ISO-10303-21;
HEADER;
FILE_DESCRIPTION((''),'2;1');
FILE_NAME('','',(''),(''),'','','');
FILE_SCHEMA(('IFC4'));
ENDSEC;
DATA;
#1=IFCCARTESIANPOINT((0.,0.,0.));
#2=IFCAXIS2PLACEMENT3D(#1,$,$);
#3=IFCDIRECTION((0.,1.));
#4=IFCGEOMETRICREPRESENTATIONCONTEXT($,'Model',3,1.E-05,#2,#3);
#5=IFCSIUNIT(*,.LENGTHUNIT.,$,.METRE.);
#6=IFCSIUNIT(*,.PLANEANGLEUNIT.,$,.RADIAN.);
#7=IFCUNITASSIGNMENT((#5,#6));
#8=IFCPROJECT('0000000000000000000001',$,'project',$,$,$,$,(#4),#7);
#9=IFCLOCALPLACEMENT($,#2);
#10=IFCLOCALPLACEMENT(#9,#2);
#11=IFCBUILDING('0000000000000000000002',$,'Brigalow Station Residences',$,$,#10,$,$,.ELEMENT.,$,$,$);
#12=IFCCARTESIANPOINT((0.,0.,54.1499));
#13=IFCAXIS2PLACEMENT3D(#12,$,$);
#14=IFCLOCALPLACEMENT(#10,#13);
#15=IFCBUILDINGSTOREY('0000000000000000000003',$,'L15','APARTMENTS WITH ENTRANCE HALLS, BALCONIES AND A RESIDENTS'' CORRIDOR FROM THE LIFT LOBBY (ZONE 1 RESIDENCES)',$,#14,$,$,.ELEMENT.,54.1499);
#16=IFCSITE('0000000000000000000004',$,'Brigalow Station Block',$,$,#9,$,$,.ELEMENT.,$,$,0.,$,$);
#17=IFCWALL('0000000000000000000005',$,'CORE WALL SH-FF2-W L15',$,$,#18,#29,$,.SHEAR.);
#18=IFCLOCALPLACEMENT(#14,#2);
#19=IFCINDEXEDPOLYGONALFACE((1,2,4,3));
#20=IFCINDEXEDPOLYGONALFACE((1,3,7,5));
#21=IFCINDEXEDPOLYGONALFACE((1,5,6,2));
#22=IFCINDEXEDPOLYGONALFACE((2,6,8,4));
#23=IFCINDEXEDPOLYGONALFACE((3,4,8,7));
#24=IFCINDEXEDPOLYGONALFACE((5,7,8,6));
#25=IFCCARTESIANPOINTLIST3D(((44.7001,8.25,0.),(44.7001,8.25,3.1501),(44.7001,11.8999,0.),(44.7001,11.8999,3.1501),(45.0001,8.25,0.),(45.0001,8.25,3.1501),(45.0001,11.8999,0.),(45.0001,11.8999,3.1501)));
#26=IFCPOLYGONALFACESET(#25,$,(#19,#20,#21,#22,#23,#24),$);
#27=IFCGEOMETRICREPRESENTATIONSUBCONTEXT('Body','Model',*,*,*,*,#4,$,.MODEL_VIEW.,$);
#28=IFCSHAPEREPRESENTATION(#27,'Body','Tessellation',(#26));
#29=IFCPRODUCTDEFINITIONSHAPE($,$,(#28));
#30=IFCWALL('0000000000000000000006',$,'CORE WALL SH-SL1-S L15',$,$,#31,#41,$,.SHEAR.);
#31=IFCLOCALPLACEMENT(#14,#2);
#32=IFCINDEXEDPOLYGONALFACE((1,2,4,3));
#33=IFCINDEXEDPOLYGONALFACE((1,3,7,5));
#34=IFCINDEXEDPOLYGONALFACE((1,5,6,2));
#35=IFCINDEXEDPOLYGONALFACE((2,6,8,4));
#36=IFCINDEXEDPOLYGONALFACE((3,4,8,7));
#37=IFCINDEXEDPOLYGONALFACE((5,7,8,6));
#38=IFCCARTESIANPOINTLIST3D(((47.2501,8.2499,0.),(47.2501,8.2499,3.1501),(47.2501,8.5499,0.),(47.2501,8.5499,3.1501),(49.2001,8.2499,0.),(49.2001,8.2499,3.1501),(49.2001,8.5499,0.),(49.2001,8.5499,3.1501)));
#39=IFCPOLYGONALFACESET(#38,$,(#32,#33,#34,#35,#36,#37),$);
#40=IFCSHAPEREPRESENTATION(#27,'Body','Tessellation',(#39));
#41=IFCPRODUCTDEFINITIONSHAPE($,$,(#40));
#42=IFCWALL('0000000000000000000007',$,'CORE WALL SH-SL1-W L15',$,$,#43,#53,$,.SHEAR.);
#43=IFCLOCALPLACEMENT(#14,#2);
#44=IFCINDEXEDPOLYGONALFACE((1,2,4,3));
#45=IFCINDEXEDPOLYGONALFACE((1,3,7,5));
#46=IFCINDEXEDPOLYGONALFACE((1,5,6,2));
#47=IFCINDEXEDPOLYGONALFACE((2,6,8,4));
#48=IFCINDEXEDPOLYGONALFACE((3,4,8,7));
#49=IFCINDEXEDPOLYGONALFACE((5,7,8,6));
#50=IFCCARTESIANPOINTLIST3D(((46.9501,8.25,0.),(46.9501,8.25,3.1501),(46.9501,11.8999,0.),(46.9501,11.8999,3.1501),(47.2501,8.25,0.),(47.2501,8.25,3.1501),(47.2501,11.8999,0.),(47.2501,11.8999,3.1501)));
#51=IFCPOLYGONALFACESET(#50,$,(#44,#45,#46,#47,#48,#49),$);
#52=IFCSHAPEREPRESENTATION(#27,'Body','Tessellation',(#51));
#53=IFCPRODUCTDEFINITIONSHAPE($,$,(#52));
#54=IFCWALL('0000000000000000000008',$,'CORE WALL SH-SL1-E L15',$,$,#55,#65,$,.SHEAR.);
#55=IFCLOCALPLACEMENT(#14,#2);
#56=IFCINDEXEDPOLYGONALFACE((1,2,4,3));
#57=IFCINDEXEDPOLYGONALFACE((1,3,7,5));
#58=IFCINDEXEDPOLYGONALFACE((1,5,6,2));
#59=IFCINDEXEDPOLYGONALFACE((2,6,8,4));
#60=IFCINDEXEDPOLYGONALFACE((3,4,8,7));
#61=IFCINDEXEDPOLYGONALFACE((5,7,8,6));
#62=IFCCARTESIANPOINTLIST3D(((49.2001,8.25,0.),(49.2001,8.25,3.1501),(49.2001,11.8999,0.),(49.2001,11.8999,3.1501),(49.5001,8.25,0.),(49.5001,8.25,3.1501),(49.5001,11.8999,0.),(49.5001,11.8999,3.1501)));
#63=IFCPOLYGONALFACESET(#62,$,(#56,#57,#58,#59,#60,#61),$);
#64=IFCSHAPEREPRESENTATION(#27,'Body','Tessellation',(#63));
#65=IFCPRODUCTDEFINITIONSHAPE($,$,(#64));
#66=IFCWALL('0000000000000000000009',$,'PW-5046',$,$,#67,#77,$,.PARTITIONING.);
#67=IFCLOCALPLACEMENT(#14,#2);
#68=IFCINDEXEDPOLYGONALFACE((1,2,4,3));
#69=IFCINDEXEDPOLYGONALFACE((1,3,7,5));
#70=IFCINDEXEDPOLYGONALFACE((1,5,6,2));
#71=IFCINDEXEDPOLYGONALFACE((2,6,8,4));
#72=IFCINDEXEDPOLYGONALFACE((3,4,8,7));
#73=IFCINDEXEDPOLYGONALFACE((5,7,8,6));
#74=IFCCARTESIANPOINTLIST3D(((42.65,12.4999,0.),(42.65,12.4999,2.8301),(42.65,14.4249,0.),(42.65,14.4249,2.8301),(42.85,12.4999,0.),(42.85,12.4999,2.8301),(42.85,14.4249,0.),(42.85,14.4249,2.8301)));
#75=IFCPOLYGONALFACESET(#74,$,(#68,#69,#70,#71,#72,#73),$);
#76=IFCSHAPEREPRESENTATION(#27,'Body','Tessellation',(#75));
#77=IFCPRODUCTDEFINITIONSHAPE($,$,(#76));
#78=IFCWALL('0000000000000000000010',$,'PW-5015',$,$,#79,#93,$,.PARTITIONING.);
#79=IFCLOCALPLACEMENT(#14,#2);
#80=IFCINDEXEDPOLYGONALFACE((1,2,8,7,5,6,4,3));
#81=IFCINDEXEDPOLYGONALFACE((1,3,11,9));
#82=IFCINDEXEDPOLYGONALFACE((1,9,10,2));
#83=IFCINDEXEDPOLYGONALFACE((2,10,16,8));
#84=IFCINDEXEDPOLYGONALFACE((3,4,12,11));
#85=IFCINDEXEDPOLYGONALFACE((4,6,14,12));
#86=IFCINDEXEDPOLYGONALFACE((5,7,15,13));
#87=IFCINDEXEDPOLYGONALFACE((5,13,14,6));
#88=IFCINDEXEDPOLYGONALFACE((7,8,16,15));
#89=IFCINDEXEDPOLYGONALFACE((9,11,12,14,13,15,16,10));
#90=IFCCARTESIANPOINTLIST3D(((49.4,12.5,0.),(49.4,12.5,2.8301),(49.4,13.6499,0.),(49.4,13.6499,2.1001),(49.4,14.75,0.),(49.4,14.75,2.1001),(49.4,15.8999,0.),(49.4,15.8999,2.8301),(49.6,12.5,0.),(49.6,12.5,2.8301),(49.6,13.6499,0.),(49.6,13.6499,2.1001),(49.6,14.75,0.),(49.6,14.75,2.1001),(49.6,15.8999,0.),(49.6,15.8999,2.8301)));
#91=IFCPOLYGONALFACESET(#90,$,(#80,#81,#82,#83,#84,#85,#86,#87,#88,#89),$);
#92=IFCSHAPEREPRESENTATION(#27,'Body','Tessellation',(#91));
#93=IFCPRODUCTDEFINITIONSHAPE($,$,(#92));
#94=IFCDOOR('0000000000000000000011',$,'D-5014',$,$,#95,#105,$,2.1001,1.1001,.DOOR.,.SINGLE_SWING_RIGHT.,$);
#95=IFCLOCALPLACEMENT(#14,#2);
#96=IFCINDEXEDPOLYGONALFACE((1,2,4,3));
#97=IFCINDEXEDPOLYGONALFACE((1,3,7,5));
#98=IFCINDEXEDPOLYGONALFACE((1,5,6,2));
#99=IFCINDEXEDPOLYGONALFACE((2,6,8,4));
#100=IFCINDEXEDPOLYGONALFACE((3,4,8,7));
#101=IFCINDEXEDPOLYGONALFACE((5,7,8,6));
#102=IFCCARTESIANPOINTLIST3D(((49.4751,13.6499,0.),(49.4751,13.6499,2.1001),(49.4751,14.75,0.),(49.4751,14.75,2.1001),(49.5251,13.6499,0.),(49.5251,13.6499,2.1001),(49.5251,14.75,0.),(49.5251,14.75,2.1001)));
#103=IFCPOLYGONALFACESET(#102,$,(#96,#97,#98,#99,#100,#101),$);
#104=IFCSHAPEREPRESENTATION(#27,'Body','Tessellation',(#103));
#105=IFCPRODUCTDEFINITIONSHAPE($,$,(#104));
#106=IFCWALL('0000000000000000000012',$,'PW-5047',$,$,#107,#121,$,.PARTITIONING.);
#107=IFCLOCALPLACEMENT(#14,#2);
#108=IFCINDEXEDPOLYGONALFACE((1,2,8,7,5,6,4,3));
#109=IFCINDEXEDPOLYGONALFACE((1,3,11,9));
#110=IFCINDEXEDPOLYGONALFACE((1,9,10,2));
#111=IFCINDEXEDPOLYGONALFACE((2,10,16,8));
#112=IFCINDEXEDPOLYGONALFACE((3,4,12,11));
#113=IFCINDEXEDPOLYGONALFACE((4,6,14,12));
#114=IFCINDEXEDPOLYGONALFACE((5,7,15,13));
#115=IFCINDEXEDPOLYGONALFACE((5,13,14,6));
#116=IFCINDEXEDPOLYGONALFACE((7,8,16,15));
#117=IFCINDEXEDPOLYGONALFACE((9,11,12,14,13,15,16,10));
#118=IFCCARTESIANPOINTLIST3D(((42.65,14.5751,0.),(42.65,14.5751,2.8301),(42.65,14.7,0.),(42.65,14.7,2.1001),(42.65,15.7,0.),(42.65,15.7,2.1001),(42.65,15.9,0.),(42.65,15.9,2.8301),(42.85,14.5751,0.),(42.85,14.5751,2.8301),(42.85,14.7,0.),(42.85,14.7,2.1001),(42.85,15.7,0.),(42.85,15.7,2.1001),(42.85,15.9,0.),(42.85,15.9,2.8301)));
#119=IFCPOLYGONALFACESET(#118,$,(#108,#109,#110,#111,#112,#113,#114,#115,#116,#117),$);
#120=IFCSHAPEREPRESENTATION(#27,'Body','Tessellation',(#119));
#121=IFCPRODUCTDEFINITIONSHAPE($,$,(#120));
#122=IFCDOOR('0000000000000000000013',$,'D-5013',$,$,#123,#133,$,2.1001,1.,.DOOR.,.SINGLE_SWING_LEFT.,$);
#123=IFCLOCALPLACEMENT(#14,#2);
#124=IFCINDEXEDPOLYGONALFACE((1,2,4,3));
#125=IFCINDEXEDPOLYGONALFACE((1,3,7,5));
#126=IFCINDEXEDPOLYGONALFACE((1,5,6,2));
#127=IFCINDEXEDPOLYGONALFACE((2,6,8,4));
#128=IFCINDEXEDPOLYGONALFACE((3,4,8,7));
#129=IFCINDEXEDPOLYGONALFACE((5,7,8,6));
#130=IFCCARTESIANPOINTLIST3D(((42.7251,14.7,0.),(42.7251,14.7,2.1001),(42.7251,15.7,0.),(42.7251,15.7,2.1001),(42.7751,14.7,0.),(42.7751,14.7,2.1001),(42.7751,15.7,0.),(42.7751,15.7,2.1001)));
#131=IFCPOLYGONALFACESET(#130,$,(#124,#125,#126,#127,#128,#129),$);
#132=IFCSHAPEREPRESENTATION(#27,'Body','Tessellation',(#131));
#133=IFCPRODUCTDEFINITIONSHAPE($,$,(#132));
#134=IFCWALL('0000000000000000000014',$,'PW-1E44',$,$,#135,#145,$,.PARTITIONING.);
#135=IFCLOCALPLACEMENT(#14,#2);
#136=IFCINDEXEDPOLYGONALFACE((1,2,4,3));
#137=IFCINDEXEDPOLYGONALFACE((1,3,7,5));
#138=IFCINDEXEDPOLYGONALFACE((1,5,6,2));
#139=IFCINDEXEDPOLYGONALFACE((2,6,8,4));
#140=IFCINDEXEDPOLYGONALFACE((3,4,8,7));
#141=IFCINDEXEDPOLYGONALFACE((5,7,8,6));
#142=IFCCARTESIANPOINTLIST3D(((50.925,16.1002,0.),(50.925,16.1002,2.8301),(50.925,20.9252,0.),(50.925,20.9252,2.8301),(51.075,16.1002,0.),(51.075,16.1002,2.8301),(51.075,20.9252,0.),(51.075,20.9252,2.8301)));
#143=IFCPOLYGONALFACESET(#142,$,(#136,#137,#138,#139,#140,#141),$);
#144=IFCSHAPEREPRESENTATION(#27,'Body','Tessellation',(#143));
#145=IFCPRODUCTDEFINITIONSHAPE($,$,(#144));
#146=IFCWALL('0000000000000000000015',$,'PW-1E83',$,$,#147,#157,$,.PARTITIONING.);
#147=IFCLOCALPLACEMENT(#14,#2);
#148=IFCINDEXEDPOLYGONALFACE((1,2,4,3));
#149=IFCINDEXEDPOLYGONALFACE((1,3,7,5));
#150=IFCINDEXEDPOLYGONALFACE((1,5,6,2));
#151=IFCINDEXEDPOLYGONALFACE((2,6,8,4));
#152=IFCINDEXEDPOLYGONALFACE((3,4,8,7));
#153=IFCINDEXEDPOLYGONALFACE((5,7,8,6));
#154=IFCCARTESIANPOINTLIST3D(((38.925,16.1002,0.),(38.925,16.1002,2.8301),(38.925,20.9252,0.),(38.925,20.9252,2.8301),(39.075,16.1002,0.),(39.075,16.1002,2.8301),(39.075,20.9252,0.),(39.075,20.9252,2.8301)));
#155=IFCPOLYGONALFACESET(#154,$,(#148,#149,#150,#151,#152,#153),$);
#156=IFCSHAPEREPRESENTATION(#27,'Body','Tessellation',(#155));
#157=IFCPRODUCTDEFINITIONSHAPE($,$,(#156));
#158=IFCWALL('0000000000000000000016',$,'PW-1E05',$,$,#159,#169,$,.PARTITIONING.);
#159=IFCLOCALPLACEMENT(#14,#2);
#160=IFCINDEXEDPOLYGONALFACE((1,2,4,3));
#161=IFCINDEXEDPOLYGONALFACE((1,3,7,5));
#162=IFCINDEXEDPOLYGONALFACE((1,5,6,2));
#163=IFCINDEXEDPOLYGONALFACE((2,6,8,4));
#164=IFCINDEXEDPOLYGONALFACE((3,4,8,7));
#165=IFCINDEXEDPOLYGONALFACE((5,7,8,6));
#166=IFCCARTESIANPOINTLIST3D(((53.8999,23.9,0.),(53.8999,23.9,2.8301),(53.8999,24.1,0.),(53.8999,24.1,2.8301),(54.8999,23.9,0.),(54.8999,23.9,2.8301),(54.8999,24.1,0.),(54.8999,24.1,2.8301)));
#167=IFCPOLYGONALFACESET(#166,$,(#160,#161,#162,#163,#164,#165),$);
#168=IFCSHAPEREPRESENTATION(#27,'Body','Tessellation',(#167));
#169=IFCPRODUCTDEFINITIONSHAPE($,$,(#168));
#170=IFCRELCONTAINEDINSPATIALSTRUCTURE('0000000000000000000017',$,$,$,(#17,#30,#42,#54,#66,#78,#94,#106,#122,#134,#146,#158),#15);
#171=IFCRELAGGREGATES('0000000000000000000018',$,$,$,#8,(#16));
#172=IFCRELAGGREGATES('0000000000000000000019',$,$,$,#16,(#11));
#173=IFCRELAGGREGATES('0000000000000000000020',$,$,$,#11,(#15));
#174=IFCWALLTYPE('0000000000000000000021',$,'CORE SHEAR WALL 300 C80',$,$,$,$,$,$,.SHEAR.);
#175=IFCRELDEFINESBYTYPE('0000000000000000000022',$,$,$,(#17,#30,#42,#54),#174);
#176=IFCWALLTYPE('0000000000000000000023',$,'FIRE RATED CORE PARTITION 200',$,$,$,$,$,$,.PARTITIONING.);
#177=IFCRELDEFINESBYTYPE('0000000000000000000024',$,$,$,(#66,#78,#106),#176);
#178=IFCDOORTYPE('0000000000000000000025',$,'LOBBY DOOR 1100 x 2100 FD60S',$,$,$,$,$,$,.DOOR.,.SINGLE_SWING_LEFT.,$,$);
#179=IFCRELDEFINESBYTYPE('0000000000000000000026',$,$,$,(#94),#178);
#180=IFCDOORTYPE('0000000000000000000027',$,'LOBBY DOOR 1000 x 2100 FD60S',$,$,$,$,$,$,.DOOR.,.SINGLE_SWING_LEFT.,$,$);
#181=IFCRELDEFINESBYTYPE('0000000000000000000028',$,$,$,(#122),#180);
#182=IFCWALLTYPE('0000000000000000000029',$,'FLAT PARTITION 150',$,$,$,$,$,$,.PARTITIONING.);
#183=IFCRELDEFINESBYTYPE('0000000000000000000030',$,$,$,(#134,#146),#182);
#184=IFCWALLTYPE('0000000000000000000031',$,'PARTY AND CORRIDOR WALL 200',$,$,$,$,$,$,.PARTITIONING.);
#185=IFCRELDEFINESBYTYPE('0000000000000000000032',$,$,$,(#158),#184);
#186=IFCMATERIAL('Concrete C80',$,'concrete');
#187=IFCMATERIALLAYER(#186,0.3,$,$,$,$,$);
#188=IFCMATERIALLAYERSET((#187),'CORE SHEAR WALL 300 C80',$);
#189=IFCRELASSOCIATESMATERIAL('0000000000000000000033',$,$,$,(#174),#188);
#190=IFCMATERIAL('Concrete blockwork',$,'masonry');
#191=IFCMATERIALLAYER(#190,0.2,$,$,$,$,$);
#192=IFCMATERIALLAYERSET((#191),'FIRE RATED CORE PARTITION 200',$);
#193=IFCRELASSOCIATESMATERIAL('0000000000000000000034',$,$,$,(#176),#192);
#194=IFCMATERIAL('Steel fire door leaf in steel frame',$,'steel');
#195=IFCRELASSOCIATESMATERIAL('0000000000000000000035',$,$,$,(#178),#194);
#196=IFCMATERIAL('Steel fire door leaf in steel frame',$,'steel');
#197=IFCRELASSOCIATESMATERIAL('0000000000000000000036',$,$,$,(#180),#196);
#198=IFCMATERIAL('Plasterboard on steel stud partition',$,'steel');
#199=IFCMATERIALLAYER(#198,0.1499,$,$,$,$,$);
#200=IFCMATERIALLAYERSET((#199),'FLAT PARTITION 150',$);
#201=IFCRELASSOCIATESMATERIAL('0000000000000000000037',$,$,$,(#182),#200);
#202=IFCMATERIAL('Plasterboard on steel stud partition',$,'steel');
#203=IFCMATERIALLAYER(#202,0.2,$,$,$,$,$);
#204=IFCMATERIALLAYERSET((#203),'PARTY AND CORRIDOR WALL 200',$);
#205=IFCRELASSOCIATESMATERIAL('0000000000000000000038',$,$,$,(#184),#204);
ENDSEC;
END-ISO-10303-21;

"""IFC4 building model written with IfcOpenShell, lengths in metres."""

from ifc_helpers import new_model, si_unit, direction, frame, frame_2d, origin, place, context, subcontext, project, spatial, rectangle, extrude, material, layer, layer_set, type_object, element, fill, save


model = new_model("IFC4")

# Units and contexts
model_context = context("Model", 3, precision=1e-05, world=origin(), true_north=direction((0.0, 1.0)))
body_context = subcontext(model_context, "Body", "Model", "MODEL_VIEW")
ifc_project = project(units=[si_unit("LENGTHUNIT", "METRE"), si_unit("PLANEANGLEUNIT", "RADIAN")], contexts=[model_context])

# Site, building, storey
site_placement = place(None, origin())
site = spatial("IfcSite", under=ifc_project, at=site_placement, Name="Brigalow Station Block", CompositionType="ELEMENT", RefElevation=0.0)
building_placement = place(site_placement, origin())
building = spatial("IfcBuilding", under=site, at=building_placement, Name="Brigalow Station Residences", CompositionType="ELEMENT")
storey_placement = place(building_placement, frame((0.0, 0.0, 54.1499)))
storey = spatial("IfcBuildingStorey", under=building, at=storey_placement, Name="L15", Description="APARTMENTS WITH ENTRANCE HALLS, BALCONIES AND A RESIDENTS' CORRIDOR FROM THE LIFT LOBBY (ZONE 1 RESIDENCES)", CompositionType="ELEMENT", Elevation=54.1499)

# Walls
ifc_material_1 = material(Name="Concrete C80", Category="concrete")
ifc_layer_1 = layer(ifc_material_1, 0.3)
ifc_layer_set_1 = layer_set([ifc_layer_1], Name="CORE SHEAR WALL 300 C80")
wall_type_1 = type_object("IfcWallType", Name="CORE SHEAR WALL 300 C80", PredefinedType="SHEAR", material=ifc_layer_set_1)
wall_1_placement = place(storey_placement, frame((44.8501, 8.25, 0.0), z_axis=(0.0, 0.0, 1.0), x_axis=(0.0, 1.0, 0.0)))
element("IfcWall", 1, at=wall_1_placement, inside=storey, type_object=wall_type_1, Name="CORE WALL SH-FF2-W L15", PredefinedType="SHEAR", context=body_context, shape_type="SweptSolid", body=[
    extrude(rectangle(XDim=3.6499, YDim=0.3, at=frame_2d((1.825, 0.0))), origin(), (0.0, 0.0, 1.0), 3.1501),
])
wall_2_placement = place(storey_placement, frame((47.25, 8.3999, 0.0), z_axis=(0.0, 0.0, 1.0), x_axis=(1.0, 0.0, 0.0)))
element("IfcWall", 2, at=wall_2_placement, inside=storey, type_object=wall_type_1, Name="CORE WALL SH-SL1-S L15", PredefinedType="SHEAR", context=body_context, shape_type="SweptSolid", body=[
    extrude(rectangle(XDim=1.95, YDim=0.3, at=frame_2d((0.9751, 0.0))), origin(), (0.0, 0.0, 1.0), 3.1501),
])
for number, where, z_axis, x_axis, name in (
    (3, (47.1001, 8.25, 0.0), (0.0, 0.0, 1.0), (0.0, 1.0, 0.0), "CORE WALL SH-SL1-W L15"),
    (4, (49.3501, 8.25, 0.0), (0.0, 0.0, 1.0), (0.0, 1.0, 0.0), "CORE WALL SH-SL1-E L15"),
):
    element("IfcWall", number, at=place(storey_placement, frame(where, z_axis=z_axis, x_axis=x_axis)), inside=storey, type_object=wall_type_1, Name=name, PredefinedType="SHEAR", context=body_context, shape_type="SweptSolid", body=[
        extrude(rectangle(XDim=3.6499, YDim=0.3, at=frame_2d((1.825, 0.0))), origin(), (0.0, 0.0, 1.0), 3.1501),
    ])
ifc_material_2 = material(Name="Concrete blockwork", Category="masonry")
ifc_layer_2 = layer(ifc_material_2, 0.2)
ifc_layer_set_2 = layer_set([ifc_layer_2], Name="FIRE RATED CORE PARTITION 200")
wall_type_2 = type_object("IfcWallType", Name="FIRE RATED CORE PARTITION 200", PredefinedType="PARTITIONING", material=ifc_layer_set_2)
wall_3_placement = place(storey_placement, frame((42.75, 12.5, 0.0), z_axis=(0.0, 0.0, 1.0), x_axis=(0.0, 1.0, 0.0)))
element("IfcWall", 5, at=wall_3_placement, inside=storey, type_object=wall_type_2, Name="PW-5046", PredefinedType="PARTITIONING", context=body_context, shape_type="SweptSolid", body=[
    extrude(rectangle(XDim=1.925, YDim=0.2, at=frame_2d((0.9624, 0.0))), origin(), (0.0, 0.0, 1.0), 2.8301),
])

# Walls, openings, doors
wall_4_placement = place(storey_placement, frame((49.5, 12.5, 0.0), z_axis=(0.0, 0.0, 1.0), x_axis=(0.0, 1.0, 0.0)))
wall_4 = element("IfcWall", 6, at=wall_4_placement, inside=storey, type_object=wall_type_2, Name="PW-5015", PredefinedType="PARTITIONING", context=body_context, shape_type="SweptSolid", body=[
    extrude(rectangle(XDim=3.3999, YDim=0.2, at=frame_2d((1.7, 0.0))), origin(), (0.0, 0.0, 1.0), 2.8301),
])
opening_1_placement = place(wall_4_placement, frame((1.1499, 0.0, 0.0)))
opening_1 = element("IfcOpeningElement", 7, at=opening_1_placement, cuts=wall_4, PredefinedType="OPENING", context=body_context, shape_type="SweptSolid", body=[
    extrude(rectangle(XDim=1.1001, YDim=2.1001, at=frame_2d((0.55, 1.05))), frame((0.0, 0.1099, 0.0), z_axis=(0.0, -1.0, 0.0), x_axis=(1.0, 0.0, 0.0)), (0.0, 0.0, 1.0), 0.22),
])
ifc_material_3 = material(Name="Steel fire door leaf in steel frame", Category="steel")
door_type_1 = type_object("IfcDoorType", Name="LOBBY DOOR 1100 x 2100 FD60S", OperationType="SINGLE_SWING_LEFT", PredefinedType="DOOR", material=ifc_material_3)
door_1_placement = place(opening_1_placement, origin())
door_1 = element("IfcDoor", 8, at=door_1_placement, inside=storey, type_object=door_type_1, Name="D-5014", OperationType="SINGLE_SWING_RIGHT", OverallHeight=2.1001, OverallWidth=1.1001, PredefinedType="DOOR", context=body_context, shape_type="SweptSolid", body=[
    extrude(rectangle(XDim=1.1001, YDim=2.1001, at=frame_2d((0.55, 1.05))), frame((0.0, 0.0249, 0.0), z_axis=(0.0, -1.0, 0.0), x_axis=(1.0, 0.0, 0.0)), (0.0, 0.0, 1.0), 0.05),
])
fill(opening_1, door_1)
wall_5_placement = place(storey_placement, frame((42.75, 14.575, 0.0), z_axis=(0.0, 0.0, 1.0), x_axis=(0.0, 1.0, 0.0)))
wall_5 = element("IfcWall", 9, at=wall_5_placement, inside=storey, type_object=wall_type_2, Name="PW-5047", PredefinedType="PARTITIONING", context=body_context, shape_type="SweptSolid", body=[
    extrude(rectangle(XDim=1.325, YDim=0.2, at=frame_2d((0.6626, 0.0))), origin(), (0.0, 0.0, 1.0), 2.8301),
])
opening_2_placement = place(wall_5_placement, frame((0.125, 0.0, 0.0)))
opening_2 = element("IfcOpeningElement", 10, at=opening_2_placement, cuts=wall_5, PredefinedType="OPENING", context=body_context, shape_type="SweptSolid", body=[
    extrude(rectangle(XDim=1.0, YDim=2.1001, at=frame_2d((0.5, 1.05))), frame((0.0, 0.1099, 0.0), z_axis=(0.0, -1.0, 0.0), x_axis=(1.0, 0.0, 0.0)), (0.0, 0.0, 1.0), 0.22),
])
ifc_material_4 = material(Name="Steel fire door leaf in steel frame", Category="steel")
door_type_2 = type_object("IfcDoorType", Name="LOBBY DOOR 1000 x 2100 FD60S", OperationType="SINGLE_SWING_LEFT", PredefinedType="DOOR", material=ifc_material_4)
door_2_placement = place(opening_2_placement, origin())
door_2 = element("IfcDoor", 11, at=door_2_placement, inside=storey, type_object=door_type_2, Name="D-5013", OperationType="SINGLE_SWING_LEFT", OverallHeight=2.1001, OverallWidth=1.0, PredefinedType="DOOR", context=body_context, shape_type="SweptSolid", body=[
    extrude(rectangle(XDim=1.0, YDim=2.1001, at=frame_2d((0.5, 1.05))), frame((0.0, 0.0249, 0.0), z_axis=(0.0, -1.0, 0.0), x_axis=(1.0, 0.0, 0.0)), (0.0, 0.0, 1.0), 0.05),
])
fill(opening_2, door_2)

# Walls
ifc_material_5 = material(Name="Plasterboard on steel stud partition", Category="steel")
ifc_layer_3 = layer(ifc_material_5, 0.1499)
ifc_layer_set_3 = layer_set([ifc_layer_3], Name="FLAT PARTITION 150")
wall_type_3 = type_object("IfcWallType", Name="FLAT PARTITION 150", PredefinedType="PARTITIONING", material=ifc_layer_set_3)
for number, where, z_axis, x_axis, name in (
    (12, (51.0, 16.1001, 0.0), (0.0, 0.0, 1.0), (0.0, 1.0, 0.0), "PW-1E44"),
    (13, (39.0, 16.1001, 0.0), (0.0, 0.0, 1.0), (0.0, 1.0, 0.0), "PW-1E83"),
):
    element("IfcWall", number, at=place(storey_placement, frame(where, z_axis=z_axis, x_axis=x_axis)), inside=storey, type_object=wall_type_3, Name=name, PredefinedType="PARTITIONING", context=body_context, shape_type="SweptSolid", body=[
        extrude(rectangle(XDim=4.825, YDim=0.1499, at=frame_2d((2.4126, 0.0))), origin(), (0.0, 0.0, 1.0), 2.8301),
    ])
ifc_material_6 = material(Name="Plasterboard on steel stud partition", Category="steel")
ifc_layer_4 = layer(ifc_material_6, 0.2)
ifc_layer_set_4 = layer_set([ifc_layer_4], Name="PARTY AND CORRIDOR WALL 200")
wall_type_4 = type_object("IfcWallType", Name="PARTY AND CORRIDOR WALL 200", PredefinedType="PARTITIONING", material=ifc_layer_set_4)
wall_6_placement = place(storey_placement, frame((53.8999, 24.0, 0.0), z_axis=(0.0, 0.0, 1.0), x_axis=(1.0, 0.0, 0.0)))
element("IfcWall", 14, at=wall_6_placement, inside=storey, type_object=wall_type_4, Name="PW-1E05", PredefinedType="PARTITIONING", context=body_context, shape_type="SweptSolid", body=[
    extrude(rectangle(XDim=1.0, YDim=0.2, at=frame_2d((0.5, 0.0))), origin(), (0.0, 0.0, 1.0), 2.8301),
])

save(model, "model.ifc")
